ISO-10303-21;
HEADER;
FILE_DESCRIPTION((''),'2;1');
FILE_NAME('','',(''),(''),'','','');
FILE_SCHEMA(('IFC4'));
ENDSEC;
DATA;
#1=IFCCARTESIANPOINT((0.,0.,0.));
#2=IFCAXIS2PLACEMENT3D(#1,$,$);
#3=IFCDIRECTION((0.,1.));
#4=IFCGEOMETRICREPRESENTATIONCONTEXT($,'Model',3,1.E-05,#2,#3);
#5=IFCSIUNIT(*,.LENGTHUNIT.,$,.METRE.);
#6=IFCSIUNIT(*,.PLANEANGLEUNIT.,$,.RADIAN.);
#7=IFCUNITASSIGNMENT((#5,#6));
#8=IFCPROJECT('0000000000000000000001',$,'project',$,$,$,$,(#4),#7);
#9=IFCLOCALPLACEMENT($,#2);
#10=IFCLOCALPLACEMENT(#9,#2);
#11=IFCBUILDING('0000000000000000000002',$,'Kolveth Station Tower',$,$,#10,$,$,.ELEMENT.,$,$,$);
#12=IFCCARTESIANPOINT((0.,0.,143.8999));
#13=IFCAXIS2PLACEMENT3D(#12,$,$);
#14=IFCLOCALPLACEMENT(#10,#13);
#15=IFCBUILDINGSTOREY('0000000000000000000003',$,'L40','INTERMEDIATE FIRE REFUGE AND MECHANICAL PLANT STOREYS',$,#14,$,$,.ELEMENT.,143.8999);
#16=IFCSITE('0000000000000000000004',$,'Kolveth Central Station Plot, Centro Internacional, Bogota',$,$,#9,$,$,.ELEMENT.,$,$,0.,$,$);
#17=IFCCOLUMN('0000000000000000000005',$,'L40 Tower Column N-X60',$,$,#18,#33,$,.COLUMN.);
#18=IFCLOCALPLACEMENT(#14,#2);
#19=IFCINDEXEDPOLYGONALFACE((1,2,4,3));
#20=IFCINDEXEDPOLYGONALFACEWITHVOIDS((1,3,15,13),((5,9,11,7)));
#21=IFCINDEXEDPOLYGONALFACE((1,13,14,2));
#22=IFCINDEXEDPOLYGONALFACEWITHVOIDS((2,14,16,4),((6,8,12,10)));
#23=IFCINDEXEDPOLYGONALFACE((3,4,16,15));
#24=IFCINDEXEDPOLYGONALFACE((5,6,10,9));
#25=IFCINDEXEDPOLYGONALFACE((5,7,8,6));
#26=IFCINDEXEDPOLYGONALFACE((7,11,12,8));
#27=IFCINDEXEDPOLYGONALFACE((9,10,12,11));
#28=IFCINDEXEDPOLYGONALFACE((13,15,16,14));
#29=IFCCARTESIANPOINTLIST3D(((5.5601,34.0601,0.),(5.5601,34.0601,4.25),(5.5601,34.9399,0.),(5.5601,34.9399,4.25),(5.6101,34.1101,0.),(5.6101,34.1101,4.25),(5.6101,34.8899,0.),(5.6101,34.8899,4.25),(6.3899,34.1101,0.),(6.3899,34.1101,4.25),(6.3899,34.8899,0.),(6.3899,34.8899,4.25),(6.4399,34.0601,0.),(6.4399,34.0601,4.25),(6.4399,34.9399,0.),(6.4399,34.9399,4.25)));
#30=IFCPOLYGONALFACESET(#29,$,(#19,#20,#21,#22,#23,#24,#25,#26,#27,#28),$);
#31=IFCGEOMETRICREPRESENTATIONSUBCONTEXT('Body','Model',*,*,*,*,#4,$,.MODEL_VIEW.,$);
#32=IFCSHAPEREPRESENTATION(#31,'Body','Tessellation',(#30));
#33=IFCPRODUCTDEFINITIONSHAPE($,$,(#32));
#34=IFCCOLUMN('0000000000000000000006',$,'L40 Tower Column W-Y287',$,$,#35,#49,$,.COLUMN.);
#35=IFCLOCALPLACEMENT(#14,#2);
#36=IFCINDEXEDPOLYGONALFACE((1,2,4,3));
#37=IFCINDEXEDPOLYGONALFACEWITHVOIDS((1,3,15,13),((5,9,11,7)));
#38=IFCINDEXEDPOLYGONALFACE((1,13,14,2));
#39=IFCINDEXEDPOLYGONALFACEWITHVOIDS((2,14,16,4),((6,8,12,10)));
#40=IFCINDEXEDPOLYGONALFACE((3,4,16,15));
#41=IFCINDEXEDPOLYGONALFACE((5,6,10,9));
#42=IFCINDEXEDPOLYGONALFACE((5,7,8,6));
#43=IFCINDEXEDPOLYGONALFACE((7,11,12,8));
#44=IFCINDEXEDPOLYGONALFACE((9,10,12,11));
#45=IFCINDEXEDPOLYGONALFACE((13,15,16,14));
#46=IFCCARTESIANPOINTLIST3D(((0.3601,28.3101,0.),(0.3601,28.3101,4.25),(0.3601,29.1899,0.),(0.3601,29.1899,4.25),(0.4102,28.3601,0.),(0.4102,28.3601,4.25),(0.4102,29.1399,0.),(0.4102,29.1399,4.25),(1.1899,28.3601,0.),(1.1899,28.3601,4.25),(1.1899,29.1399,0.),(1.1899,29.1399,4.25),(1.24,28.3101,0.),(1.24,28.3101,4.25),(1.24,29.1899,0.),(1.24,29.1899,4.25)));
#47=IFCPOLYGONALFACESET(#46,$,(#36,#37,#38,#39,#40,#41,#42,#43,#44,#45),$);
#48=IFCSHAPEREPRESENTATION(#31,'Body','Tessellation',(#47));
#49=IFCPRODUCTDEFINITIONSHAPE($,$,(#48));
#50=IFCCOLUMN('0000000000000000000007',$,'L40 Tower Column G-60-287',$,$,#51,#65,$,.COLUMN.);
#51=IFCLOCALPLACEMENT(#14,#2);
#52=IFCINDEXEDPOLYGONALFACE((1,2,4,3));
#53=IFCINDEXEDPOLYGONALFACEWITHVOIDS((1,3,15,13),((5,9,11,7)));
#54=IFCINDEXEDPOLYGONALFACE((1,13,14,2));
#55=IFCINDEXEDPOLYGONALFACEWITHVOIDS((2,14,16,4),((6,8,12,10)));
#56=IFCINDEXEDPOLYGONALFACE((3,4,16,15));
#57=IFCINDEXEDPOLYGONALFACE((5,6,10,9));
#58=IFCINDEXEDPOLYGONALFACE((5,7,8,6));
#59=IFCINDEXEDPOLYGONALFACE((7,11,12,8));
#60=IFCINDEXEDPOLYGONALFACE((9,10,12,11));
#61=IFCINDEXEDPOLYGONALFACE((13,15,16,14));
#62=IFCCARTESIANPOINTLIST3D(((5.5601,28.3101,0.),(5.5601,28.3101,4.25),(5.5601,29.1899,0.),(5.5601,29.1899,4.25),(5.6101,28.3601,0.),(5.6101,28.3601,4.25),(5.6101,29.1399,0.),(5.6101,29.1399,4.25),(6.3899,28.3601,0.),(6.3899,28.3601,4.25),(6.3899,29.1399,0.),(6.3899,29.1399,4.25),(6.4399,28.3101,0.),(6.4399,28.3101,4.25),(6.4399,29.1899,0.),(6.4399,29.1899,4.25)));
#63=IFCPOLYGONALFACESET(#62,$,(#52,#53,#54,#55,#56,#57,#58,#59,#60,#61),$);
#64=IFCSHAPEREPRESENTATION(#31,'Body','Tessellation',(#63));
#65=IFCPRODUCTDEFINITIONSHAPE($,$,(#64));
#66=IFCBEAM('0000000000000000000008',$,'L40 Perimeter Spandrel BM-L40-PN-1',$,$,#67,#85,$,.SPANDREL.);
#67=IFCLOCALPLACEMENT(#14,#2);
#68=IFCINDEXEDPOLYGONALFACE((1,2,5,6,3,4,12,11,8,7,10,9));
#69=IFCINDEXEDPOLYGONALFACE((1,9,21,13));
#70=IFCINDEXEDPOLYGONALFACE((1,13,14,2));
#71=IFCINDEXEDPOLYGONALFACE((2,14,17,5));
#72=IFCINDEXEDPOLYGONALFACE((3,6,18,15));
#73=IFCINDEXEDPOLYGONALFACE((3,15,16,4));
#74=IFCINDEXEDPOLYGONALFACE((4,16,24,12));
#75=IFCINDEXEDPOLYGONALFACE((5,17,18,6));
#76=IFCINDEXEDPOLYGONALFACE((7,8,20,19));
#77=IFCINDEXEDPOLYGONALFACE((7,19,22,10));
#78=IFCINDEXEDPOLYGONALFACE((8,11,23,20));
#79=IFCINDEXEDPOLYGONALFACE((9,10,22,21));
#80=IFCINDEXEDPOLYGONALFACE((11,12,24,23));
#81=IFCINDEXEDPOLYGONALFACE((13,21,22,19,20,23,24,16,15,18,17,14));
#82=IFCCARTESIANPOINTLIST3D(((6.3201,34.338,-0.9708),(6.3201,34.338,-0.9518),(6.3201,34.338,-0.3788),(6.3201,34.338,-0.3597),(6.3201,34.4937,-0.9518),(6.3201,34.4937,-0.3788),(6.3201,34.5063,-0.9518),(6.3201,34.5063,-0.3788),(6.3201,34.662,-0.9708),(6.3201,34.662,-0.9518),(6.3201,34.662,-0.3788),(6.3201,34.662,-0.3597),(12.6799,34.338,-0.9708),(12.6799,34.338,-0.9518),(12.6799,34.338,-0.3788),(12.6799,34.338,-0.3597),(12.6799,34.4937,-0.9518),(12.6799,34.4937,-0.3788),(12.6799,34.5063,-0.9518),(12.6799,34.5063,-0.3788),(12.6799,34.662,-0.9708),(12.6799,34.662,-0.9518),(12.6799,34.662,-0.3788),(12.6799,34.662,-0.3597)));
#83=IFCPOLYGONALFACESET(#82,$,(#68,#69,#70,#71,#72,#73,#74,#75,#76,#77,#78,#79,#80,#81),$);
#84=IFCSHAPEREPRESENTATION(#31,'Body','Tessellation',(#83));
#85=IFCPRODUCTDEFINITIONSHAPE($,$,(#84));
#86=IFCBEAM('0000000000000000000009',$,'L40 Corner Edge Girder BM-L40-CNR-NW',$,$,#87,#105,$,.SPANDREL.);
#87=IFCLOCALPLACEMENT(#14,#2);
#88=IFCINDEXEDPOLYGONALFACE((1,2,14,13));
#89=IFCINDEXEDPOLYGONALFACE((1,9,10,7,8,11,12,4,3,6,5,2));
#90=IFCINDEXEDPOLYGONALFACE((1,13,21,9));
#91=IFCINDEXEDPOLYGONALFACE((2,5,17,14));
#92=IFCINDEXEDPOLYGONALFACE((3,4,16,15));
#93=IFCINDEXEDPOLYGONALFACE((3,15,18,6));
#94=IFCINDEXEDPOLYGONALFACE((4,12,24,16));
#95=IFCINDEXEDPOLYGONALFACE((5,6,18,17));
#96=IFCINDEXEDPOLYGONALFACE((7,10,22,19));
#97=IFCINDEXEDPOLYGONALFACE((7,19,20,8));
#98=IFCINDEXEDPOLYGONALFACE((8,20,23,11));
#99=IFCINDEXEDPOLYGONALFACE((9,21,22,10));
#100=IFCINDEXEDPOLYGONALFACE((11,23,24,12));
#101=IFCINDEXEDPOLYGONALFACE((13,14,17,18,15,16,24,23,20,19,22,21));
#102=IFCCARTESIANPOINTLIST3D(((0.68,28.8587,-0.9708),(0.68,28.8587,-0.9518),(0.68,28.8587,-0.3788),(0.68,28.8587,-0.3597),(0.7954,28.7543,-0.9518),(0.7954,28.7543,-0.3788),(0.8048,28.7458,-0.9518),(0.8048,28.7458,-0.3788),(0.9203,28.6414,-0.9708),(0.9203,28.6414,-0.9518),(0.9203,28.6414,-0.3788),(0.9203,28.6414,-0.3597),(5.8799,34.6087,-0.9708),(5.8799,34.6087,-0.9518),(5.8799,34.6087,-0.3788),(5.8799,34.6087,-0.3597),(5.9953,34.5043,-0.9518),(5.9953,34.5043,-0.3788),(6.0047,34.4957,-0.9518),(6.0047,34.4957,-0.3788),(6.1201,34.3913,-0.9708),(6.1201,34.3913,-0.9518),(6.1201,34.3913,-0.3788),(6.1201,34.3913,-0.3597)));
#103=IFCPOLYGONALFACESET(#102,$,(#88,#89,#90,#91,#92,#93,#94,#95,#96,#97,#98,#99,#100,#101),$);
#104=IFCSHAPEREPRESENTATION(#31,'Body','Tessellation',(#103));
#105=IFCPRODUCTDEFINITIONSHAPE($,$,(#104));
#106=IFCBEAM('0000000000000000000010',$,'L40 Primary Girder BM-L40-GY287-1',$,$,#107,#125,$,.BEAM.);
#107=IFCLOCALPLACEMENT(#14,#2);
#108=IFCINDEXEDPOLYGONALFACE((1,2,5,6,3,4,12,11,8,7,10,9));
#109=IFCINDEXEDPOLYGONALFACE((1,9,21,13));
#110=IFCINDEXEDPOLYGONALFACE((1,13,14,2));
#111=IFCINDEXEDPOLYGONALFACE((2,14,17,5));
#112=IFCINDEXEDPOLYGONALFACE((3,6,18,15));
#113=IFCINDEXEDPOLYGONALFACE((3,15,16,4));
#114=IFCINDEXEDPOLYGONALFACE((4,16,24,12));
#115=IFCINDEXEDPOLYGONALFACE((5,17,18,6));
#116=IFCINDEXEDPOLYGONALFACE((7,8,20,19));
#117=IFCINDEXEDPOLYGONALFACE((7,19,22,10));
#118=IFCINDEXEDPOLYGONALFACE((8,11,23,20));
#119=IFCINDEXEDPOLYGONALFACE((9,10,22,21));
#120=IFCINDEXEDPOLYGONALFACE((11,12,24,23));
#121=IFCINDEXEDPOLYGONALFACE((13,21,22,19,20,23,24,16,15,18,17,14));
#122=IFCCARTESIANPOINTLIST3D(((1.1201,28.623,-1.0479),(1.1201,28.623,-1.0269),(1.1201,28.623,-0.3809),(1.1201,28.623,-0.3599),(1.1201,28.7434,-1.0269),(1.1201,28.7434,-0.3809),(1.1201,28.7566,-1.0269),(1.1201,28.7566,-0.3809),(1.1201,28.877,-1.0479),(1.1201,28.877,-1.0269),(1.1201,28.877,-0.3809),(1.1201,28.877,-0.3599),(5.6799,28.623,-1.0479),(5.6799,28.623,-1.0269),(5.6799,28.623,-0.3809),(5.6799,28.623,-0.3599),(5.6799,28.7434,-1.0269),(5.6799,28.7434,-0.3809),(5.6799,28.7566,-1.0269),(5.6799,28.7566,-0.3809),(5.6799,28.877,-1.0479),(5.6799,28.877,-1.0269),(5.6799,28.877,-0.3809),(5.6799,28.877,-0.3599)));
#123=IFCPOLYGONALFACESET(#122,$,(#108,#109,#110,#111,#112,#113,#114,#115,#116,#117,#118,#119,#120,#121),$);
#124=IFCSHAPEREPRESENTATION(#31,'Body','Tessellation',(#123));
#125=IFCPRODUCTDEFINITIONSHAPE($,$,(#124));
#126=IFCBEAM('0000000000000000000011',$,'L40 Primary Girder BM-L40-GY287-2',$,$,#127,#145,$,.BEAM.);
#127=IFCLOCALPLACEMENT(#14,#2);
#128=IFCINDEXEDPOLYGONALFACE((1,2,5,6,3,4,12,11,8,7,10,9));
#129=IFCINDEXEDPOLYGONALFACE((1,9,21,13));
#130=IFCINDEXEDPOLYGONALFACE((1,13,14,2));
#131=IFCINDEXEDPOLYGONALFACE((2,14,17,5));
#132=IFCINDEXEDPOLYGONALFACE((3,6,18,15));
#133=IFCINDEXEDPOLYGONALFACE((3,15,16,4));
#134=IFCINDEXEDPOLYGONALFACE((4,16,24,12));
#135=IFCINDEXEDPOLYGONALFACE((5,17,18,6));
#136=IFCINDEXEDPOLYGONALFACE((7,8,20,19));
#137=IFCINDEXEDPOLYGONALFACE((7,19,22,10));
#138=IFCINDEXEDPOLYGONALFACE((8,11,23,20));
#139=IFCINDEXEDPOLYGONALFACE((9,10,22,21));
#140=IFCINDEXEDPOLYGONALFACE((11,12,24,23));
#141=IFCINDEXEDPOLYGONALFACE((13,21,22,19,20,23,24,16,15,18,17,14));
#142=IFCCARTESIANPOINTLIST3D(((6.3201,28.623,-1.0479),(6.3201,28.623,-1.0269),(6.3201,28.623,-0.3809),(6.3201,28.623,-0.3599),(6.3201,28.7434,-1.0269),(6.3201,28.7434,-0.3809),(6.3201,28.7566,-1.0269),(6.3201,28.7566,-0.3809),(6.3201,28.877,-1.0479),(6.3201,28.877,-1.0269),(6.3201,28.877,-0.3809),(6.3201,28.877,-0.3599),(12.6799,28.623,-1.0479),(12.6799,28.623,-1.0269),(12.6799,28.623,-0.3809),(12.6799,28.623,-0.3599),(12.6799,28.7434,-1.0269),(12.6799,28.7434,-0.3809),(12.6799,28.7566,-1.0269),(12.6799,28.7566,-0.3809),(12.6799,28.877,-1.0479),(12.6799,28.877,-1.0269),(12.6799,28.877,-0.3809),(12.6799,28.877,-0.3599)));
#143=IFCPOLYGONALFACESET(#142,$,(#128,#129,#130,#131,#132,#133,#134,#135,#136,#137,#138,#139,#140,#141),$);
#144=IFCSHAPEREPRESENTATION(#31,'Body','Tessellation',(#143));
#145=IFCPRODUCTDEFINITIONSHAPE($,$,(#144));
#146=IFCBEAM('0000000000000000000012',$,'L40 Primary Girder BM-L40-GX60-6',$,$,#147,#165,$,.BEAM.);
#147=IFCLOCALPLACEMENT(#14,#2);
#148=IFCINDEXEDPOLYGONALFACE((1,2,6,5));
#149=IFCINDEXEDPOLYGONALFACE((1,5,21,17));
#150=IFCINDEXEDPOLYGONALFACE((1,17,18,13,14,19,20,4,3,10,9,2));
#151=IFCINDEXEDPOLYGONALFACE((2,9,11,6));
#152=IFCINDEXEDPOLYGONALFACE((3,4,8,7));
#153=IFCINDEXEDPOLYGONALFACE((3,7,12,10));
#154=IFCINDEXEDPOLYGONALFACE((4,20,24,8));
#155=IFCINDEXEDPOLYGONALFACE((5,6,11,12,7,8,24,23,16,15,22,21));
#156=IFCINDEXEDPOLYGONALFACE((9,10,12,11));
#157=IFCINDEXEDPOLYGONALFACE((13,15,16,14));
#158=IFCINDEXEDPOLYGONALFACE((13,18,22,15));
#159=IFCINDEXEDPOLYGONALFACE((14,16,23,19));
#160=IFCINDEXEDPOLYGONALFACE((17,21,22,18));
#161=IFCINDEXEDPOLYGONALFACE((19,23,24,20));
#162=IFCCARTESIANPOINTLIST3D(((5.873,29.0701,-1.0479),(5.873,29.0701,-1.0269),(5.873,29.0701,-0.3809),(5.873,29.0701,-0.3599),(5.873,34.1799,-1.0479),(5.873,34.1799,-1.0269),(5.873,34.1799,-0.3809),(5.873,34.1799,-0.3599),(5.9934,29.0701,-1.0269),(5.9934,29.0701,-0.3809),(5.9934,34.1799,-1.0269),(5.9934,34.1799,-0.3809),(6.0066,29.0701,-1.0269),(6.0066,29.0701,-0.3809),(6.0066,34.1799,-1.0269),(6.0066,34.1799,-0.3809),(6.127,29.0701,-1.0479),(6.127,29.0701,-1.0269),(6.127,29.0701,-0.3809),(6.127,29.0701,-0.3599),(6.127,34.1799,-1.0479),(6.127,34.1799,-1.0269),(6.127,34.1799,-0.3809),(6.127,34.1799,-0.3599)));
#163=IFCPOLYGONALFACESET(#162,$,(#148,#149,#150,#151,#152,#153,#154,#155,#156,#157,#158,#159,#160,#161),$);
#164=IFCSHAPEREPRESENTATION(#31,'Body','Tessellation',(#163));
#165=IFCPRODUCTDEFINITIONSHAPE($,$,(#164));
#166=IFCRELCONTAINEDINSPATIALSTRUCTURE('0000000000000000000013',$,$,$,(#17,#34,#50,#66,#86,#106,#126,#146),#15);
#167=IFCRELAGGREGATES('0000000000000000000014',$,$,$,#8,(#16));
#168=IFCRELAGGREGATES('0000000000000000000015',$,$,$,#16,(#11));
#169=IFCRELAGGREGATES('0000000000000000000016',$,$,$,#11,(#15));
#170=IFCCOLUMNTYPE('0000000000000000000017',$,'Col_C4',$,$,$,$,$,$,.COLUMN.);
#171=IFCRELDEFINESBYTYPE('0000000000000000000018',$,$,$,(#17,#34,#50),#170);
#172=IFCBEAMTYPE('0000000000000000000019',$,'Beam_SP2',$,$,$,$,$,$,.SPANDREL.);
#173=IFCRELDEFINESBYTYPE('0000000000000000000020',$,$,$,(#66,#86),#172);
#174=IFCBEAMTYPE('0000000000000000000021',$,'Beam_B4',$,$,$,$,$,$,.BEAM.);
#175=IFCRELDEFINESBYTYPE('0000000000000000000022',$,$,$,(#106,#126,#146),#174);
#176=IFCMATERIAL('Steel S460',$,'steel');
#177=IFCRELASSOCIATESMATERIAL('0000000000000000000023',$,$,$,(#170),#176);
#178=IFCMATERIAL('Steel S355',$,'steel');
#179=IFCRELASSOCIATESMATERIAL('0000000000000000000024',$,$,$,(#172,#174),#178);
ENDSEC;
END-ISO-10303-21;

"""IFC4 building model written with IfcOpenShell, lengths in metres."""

from ifc_helpers import new_model, si_unit, direction, frame, origin, origin_2d, place, context, subcontext, project, spatial, hollow_rectangle, i_section, extrude, source, transform, mapped, material, material_profile, profile_set, type_object, element, save


model = new_model("IFC4")

# Units and contexts
model_context = context("Model", 3, precision=1e-05, world=origin(), true_north=direction((0.0, 1.0)))
body_context = subcontext(model_context, "Body", "Model", "MODEL_VIEW")
ifc_project = project(units=[si_unit("LENGTHUNIT", "METRE"), si_unit("PLANEANGLEUNIT", "RADIAN")], contexts=[model_context])

# Site, building, storey
site_placement = place(None, origin())
site = spatial("IfcSite", under=ifc_project, at=site_placement, Name="Kolveth Central Station Plot, Centro Internacional, Bogota", CompositionType="ELEMENT", RefElevation=0.0)
building_placement = place(site_placement, origin())
building = spatial("IfcBuilding", under=site, at=building_placement, Name="Kolveth Station Tower", CompositionType="ELEMENT")
storey_placement = place(building_placement, frame((0.0, 0.0, 143.8999)))
storey = spatial("IfcBuildingStorey", under=building, at=storey_placement, Name="L40", Description="INTERMEDIATE FIRE REFUGE AND MECHANICAL PLANT STOREYS", CompositionType="ELEMENT", Elevation=143.8999)

# Columns
ifc_material_1 = material(Name="Steel S460", Category="steel")
ifc_material_profile_1 = material_profile(ifc_material_1, hollow_rectangle(XDim=0.8799, YDim=0.8799, WallThickness=0.05, at=origin_2d()), Name="BOX880x880x50")
ifc_profile_set_1 = profile_set([ifc_material_profile_1], Name="Steel S460")
column_type = type_object("IfcColumnType", Name="Col_C4", PredefinedType="COLUMN", material=ifc_profile_set_1)
shared_shape_1 = source(origin(), body_context, "Body", "SweptSolid", [
    extrude(hollow_rectangle(XDim=0.8799, YDim=0.8799, WallThickness=0.05, at=origin_2d()), origin(), (0.0, 0.0, 1.0), 4.25),
])
for number, where, z_axis, x_axis, name in (
    (1, (6.0, 34.5, 0.0), (0.0, 0.0, 1.0), (1.0, 0.0, 0.0), "L40 Tower Column N-X60"),
    (2, (0.8, 28.75, 0.0), (0.0, 0.0, 1.0), (1.0, 0.0, 0.0), "L40 Tower Column W-Y287"),
    (3, (6.0, 28.75, 0.0), (0.0, 0.0, 1.0), (1.0, 0.0, 0.0), "L40 Tower Column G-60-287"),
):
    element("IfcColumn", number, at=place(storey_placement, frame(where, z_axis=z_axis, x_axis=x_axis)), inside=storey, type_object=column_type, Name=name, PredefinedType="COLUMN", context=body_context, shape_type="MappedRepresentation", body=[
        mapped(shared_shape_1, transform((0.0, 0.0, 0.0), x_axis=(1.0, 0.0, 0.0), y_axis=(0.0, 1.0, 0.0), z_axis=(0.0, 0.0, 1.0), scale=1.0)),
    ])

# Beams
ifc_material_2 = material(Name="Steel S355", Category="steel")
ifc_material_profile_2 = material_profile(ifc_material_2, i_section(OverallWidth=0.324, OverallDepth=0.6111, WebThickness=0.0127, FlangeThickness=0.019, at=origin_2d()), Name="W610x155")
ifc_profile_set_2 = profile_set([ifc_material_profile_2], Name="Steel S355")
beam_type_1 = type_object("IfcBeamType", Name="Beam_SP2", PredefinedType="SPANDREL", material=ifc_profile_set_2)
shared_shape_2 = source(origin(), body_context, "Body", "SweptSolid", [
    extrude(i_section(OverallWidth=0.324, OverallDepth=0.6111, WebThickness=0.0127, FlangeThickness=0.019, at=origin_2d()), origin(), (0.0, 0.0, 1.0), 6.3599),
])
beam_1_placement = place(storey_placement, frame((6.3201, 34.5, -0.6653), z_axis=(1.0, 0.0, 0.0), x_axis=(0.0, 1.0, 0.0)))
element("IfcBeam", 4, at=beam_1_placement, inside=storey, type_object=beam_type_1, Name="L40 Perimeter Spandrel BM-L40-PN-1", PredefinedType="SPANDREL", context=body_context, shape_type="MappedRepresentation", body=[
    mapped(shared_shape_2, transform((0.0, 0.0, 0.0), x_axis=(1.0, 0.0, 0.0), y_axis=(0.0, 1.0, 0.0), z_axis=(0.0, 0.0, 1.0), scale=1.0)),
])
shared_shape_3 = source(origin(), body_context, "Body", "SweptSolid", [
    extrude(i_section(OverallWidth=0.324, OverallDepth=0.6111, WebThickness=0.0127, FlangeThickness=0.019, at=origin_2d()), origin(), (0.0, 0.0, 1.0), 7.7524),
])
beam_2_placement = place(storey_placement, frame((6.0, 34.5, -0.6653), z_axis=(-0.670741, -0.741692, 0.0), x_axis=(0.741692, -0.670741, 0.0)))
element("IfcBeam", 5, at=beam_2_placement, inside=storey, type_object=beam_type_1, Name="L40 Corner Edge Girder BM-L40-CNR-NW", PredefinedType="SPANDREL", context=body_context, shape_type="MappedRepresentation", body=[
    mapped(shared_shape_3, transform((0.0, 0.0, 0.0), x_axis=(1.0, 0.0, 0.0), y_axis=(0.0, 1.0, 0.0), z_axis=(0.0, 0.0, 1.0), scale=1.0)),
])
ifc_material_profile_3 = material_profile(ifc_material_2, i_section(OverallWidth=0.2539, OverallDepth=0.688, WebThickness=0.0132, FlangeThickness=0.021, at=origin_2d()), Name="W690x152")
ifc_profile_set_3 = profile_set([ifc_material_profile_3], Name="Steel S355")
beam_type_2 = type_object("IfcBeamType", Name="Beam_B4", PredefinedType="BEAM", material=ifc_profile_set_3)
shared_shape_4 = source(origin(), body_context, "Body", "SweptSolid", [
    extrude(i_section(OverallWidth=0.2539, OverallDepth=0.688, WebThickness=0.0132, FlangeThickness=0.021, at=origin_2d()), origin(), (0.0, 0.0, 1.0), 4.5598),
])
beam_3_placement = place(storey_placement, frame((1.1201, 28.75, -0.7039), z_axis=(1.0, 0.0, 0.0), x_axis=(0.0, 1.0, 0.0)))
element("IfcBeam", 6, at=beam_3_placement, inside=storey, type_object=beam_type_2, Name="L40 Primary Girder BM-L40-GY287-1", PredefinedType="BEAM", context=body_context, shape_type="MappedRepresentation", body=[
    mapped(shared_shape_4, transform((0.0, 0.0, 0.0), x_axis=(1.0, 0.0, 0.0), y_axis=(0.0, 1.0, 0.0), z_axis=(0.0, 0.0, 1.0), scale=1.0)),
])
shared_shape_5 = source(origin(), body_context, "Body", "SweptSolid", [
    extrude(i_section(OverallWidth=0.2539, OverallDepth=0.688, WebThickness=0.0132, FlangeThickness=0.021, at=origin_2d()), origin(), (0.0, 0.0, 1.0), 6.3599),
])
beam_4_placement = place(storey_placement, frame((6.3201, 28.75, -0.7039), z_axis=(1.0, 0.0, 0.0), x_axis=(0.0, 1.0, 0.0)))
element("IfcBeam", 7, at=beam_4_placement, inside=storey, type_object=beam_type_2, Name="L40 Primary Girder BM-L40-GY287-2", PredefinedType="BEAM", context=body_context, shape_type="MappedRepresentation", body=[
    mapped(shared_shape_5, transform((0.0, 0.0, 0.0), x_axis=(1.0, 0.0, 0.0), y_axis=(0.0, 1.0, 0.0), z_axis=(0.0, 0.0, 1.0), scale=1.0)),
])
shared_shape_6 = source(origin(), body_context, "Body", "SweptSolid", [
    extrude(i_section(OverallWidth=0.2539, OverallDepth=0.688, WebThickness=0.0132, FlangeThickness=0.021, at=origin_2d()), origin(), (0.0, 0.0, 1.0), 5.1099),
])
beam_5_placement = place(storey_placement, frame((6.0, 29.0701, -0.7039), z_axis=(0.0, 1.0, 0.0), x_axis=(-1.0, 0.0, 0.0)))
element("IfcBeam", 8, at=beam_5_placement, inside=storey, type_object=beam_type_2, Name="L40 Primary Girder BM-L40-GX60-6", PredefinedType="BEAM", context=body_context, shape_type="MappedRepresentation", body=[
    mapped(shared_shape_6, transform((0.0, 0.0, 0.0), x_axis=(1.0, 0.0, 0.0), y_axis=(0.0, 1.0, 0.0), z_axis=(0.0, 0.0, 1.0), scale=1.0)),
])

save(model, "model.ifc")
